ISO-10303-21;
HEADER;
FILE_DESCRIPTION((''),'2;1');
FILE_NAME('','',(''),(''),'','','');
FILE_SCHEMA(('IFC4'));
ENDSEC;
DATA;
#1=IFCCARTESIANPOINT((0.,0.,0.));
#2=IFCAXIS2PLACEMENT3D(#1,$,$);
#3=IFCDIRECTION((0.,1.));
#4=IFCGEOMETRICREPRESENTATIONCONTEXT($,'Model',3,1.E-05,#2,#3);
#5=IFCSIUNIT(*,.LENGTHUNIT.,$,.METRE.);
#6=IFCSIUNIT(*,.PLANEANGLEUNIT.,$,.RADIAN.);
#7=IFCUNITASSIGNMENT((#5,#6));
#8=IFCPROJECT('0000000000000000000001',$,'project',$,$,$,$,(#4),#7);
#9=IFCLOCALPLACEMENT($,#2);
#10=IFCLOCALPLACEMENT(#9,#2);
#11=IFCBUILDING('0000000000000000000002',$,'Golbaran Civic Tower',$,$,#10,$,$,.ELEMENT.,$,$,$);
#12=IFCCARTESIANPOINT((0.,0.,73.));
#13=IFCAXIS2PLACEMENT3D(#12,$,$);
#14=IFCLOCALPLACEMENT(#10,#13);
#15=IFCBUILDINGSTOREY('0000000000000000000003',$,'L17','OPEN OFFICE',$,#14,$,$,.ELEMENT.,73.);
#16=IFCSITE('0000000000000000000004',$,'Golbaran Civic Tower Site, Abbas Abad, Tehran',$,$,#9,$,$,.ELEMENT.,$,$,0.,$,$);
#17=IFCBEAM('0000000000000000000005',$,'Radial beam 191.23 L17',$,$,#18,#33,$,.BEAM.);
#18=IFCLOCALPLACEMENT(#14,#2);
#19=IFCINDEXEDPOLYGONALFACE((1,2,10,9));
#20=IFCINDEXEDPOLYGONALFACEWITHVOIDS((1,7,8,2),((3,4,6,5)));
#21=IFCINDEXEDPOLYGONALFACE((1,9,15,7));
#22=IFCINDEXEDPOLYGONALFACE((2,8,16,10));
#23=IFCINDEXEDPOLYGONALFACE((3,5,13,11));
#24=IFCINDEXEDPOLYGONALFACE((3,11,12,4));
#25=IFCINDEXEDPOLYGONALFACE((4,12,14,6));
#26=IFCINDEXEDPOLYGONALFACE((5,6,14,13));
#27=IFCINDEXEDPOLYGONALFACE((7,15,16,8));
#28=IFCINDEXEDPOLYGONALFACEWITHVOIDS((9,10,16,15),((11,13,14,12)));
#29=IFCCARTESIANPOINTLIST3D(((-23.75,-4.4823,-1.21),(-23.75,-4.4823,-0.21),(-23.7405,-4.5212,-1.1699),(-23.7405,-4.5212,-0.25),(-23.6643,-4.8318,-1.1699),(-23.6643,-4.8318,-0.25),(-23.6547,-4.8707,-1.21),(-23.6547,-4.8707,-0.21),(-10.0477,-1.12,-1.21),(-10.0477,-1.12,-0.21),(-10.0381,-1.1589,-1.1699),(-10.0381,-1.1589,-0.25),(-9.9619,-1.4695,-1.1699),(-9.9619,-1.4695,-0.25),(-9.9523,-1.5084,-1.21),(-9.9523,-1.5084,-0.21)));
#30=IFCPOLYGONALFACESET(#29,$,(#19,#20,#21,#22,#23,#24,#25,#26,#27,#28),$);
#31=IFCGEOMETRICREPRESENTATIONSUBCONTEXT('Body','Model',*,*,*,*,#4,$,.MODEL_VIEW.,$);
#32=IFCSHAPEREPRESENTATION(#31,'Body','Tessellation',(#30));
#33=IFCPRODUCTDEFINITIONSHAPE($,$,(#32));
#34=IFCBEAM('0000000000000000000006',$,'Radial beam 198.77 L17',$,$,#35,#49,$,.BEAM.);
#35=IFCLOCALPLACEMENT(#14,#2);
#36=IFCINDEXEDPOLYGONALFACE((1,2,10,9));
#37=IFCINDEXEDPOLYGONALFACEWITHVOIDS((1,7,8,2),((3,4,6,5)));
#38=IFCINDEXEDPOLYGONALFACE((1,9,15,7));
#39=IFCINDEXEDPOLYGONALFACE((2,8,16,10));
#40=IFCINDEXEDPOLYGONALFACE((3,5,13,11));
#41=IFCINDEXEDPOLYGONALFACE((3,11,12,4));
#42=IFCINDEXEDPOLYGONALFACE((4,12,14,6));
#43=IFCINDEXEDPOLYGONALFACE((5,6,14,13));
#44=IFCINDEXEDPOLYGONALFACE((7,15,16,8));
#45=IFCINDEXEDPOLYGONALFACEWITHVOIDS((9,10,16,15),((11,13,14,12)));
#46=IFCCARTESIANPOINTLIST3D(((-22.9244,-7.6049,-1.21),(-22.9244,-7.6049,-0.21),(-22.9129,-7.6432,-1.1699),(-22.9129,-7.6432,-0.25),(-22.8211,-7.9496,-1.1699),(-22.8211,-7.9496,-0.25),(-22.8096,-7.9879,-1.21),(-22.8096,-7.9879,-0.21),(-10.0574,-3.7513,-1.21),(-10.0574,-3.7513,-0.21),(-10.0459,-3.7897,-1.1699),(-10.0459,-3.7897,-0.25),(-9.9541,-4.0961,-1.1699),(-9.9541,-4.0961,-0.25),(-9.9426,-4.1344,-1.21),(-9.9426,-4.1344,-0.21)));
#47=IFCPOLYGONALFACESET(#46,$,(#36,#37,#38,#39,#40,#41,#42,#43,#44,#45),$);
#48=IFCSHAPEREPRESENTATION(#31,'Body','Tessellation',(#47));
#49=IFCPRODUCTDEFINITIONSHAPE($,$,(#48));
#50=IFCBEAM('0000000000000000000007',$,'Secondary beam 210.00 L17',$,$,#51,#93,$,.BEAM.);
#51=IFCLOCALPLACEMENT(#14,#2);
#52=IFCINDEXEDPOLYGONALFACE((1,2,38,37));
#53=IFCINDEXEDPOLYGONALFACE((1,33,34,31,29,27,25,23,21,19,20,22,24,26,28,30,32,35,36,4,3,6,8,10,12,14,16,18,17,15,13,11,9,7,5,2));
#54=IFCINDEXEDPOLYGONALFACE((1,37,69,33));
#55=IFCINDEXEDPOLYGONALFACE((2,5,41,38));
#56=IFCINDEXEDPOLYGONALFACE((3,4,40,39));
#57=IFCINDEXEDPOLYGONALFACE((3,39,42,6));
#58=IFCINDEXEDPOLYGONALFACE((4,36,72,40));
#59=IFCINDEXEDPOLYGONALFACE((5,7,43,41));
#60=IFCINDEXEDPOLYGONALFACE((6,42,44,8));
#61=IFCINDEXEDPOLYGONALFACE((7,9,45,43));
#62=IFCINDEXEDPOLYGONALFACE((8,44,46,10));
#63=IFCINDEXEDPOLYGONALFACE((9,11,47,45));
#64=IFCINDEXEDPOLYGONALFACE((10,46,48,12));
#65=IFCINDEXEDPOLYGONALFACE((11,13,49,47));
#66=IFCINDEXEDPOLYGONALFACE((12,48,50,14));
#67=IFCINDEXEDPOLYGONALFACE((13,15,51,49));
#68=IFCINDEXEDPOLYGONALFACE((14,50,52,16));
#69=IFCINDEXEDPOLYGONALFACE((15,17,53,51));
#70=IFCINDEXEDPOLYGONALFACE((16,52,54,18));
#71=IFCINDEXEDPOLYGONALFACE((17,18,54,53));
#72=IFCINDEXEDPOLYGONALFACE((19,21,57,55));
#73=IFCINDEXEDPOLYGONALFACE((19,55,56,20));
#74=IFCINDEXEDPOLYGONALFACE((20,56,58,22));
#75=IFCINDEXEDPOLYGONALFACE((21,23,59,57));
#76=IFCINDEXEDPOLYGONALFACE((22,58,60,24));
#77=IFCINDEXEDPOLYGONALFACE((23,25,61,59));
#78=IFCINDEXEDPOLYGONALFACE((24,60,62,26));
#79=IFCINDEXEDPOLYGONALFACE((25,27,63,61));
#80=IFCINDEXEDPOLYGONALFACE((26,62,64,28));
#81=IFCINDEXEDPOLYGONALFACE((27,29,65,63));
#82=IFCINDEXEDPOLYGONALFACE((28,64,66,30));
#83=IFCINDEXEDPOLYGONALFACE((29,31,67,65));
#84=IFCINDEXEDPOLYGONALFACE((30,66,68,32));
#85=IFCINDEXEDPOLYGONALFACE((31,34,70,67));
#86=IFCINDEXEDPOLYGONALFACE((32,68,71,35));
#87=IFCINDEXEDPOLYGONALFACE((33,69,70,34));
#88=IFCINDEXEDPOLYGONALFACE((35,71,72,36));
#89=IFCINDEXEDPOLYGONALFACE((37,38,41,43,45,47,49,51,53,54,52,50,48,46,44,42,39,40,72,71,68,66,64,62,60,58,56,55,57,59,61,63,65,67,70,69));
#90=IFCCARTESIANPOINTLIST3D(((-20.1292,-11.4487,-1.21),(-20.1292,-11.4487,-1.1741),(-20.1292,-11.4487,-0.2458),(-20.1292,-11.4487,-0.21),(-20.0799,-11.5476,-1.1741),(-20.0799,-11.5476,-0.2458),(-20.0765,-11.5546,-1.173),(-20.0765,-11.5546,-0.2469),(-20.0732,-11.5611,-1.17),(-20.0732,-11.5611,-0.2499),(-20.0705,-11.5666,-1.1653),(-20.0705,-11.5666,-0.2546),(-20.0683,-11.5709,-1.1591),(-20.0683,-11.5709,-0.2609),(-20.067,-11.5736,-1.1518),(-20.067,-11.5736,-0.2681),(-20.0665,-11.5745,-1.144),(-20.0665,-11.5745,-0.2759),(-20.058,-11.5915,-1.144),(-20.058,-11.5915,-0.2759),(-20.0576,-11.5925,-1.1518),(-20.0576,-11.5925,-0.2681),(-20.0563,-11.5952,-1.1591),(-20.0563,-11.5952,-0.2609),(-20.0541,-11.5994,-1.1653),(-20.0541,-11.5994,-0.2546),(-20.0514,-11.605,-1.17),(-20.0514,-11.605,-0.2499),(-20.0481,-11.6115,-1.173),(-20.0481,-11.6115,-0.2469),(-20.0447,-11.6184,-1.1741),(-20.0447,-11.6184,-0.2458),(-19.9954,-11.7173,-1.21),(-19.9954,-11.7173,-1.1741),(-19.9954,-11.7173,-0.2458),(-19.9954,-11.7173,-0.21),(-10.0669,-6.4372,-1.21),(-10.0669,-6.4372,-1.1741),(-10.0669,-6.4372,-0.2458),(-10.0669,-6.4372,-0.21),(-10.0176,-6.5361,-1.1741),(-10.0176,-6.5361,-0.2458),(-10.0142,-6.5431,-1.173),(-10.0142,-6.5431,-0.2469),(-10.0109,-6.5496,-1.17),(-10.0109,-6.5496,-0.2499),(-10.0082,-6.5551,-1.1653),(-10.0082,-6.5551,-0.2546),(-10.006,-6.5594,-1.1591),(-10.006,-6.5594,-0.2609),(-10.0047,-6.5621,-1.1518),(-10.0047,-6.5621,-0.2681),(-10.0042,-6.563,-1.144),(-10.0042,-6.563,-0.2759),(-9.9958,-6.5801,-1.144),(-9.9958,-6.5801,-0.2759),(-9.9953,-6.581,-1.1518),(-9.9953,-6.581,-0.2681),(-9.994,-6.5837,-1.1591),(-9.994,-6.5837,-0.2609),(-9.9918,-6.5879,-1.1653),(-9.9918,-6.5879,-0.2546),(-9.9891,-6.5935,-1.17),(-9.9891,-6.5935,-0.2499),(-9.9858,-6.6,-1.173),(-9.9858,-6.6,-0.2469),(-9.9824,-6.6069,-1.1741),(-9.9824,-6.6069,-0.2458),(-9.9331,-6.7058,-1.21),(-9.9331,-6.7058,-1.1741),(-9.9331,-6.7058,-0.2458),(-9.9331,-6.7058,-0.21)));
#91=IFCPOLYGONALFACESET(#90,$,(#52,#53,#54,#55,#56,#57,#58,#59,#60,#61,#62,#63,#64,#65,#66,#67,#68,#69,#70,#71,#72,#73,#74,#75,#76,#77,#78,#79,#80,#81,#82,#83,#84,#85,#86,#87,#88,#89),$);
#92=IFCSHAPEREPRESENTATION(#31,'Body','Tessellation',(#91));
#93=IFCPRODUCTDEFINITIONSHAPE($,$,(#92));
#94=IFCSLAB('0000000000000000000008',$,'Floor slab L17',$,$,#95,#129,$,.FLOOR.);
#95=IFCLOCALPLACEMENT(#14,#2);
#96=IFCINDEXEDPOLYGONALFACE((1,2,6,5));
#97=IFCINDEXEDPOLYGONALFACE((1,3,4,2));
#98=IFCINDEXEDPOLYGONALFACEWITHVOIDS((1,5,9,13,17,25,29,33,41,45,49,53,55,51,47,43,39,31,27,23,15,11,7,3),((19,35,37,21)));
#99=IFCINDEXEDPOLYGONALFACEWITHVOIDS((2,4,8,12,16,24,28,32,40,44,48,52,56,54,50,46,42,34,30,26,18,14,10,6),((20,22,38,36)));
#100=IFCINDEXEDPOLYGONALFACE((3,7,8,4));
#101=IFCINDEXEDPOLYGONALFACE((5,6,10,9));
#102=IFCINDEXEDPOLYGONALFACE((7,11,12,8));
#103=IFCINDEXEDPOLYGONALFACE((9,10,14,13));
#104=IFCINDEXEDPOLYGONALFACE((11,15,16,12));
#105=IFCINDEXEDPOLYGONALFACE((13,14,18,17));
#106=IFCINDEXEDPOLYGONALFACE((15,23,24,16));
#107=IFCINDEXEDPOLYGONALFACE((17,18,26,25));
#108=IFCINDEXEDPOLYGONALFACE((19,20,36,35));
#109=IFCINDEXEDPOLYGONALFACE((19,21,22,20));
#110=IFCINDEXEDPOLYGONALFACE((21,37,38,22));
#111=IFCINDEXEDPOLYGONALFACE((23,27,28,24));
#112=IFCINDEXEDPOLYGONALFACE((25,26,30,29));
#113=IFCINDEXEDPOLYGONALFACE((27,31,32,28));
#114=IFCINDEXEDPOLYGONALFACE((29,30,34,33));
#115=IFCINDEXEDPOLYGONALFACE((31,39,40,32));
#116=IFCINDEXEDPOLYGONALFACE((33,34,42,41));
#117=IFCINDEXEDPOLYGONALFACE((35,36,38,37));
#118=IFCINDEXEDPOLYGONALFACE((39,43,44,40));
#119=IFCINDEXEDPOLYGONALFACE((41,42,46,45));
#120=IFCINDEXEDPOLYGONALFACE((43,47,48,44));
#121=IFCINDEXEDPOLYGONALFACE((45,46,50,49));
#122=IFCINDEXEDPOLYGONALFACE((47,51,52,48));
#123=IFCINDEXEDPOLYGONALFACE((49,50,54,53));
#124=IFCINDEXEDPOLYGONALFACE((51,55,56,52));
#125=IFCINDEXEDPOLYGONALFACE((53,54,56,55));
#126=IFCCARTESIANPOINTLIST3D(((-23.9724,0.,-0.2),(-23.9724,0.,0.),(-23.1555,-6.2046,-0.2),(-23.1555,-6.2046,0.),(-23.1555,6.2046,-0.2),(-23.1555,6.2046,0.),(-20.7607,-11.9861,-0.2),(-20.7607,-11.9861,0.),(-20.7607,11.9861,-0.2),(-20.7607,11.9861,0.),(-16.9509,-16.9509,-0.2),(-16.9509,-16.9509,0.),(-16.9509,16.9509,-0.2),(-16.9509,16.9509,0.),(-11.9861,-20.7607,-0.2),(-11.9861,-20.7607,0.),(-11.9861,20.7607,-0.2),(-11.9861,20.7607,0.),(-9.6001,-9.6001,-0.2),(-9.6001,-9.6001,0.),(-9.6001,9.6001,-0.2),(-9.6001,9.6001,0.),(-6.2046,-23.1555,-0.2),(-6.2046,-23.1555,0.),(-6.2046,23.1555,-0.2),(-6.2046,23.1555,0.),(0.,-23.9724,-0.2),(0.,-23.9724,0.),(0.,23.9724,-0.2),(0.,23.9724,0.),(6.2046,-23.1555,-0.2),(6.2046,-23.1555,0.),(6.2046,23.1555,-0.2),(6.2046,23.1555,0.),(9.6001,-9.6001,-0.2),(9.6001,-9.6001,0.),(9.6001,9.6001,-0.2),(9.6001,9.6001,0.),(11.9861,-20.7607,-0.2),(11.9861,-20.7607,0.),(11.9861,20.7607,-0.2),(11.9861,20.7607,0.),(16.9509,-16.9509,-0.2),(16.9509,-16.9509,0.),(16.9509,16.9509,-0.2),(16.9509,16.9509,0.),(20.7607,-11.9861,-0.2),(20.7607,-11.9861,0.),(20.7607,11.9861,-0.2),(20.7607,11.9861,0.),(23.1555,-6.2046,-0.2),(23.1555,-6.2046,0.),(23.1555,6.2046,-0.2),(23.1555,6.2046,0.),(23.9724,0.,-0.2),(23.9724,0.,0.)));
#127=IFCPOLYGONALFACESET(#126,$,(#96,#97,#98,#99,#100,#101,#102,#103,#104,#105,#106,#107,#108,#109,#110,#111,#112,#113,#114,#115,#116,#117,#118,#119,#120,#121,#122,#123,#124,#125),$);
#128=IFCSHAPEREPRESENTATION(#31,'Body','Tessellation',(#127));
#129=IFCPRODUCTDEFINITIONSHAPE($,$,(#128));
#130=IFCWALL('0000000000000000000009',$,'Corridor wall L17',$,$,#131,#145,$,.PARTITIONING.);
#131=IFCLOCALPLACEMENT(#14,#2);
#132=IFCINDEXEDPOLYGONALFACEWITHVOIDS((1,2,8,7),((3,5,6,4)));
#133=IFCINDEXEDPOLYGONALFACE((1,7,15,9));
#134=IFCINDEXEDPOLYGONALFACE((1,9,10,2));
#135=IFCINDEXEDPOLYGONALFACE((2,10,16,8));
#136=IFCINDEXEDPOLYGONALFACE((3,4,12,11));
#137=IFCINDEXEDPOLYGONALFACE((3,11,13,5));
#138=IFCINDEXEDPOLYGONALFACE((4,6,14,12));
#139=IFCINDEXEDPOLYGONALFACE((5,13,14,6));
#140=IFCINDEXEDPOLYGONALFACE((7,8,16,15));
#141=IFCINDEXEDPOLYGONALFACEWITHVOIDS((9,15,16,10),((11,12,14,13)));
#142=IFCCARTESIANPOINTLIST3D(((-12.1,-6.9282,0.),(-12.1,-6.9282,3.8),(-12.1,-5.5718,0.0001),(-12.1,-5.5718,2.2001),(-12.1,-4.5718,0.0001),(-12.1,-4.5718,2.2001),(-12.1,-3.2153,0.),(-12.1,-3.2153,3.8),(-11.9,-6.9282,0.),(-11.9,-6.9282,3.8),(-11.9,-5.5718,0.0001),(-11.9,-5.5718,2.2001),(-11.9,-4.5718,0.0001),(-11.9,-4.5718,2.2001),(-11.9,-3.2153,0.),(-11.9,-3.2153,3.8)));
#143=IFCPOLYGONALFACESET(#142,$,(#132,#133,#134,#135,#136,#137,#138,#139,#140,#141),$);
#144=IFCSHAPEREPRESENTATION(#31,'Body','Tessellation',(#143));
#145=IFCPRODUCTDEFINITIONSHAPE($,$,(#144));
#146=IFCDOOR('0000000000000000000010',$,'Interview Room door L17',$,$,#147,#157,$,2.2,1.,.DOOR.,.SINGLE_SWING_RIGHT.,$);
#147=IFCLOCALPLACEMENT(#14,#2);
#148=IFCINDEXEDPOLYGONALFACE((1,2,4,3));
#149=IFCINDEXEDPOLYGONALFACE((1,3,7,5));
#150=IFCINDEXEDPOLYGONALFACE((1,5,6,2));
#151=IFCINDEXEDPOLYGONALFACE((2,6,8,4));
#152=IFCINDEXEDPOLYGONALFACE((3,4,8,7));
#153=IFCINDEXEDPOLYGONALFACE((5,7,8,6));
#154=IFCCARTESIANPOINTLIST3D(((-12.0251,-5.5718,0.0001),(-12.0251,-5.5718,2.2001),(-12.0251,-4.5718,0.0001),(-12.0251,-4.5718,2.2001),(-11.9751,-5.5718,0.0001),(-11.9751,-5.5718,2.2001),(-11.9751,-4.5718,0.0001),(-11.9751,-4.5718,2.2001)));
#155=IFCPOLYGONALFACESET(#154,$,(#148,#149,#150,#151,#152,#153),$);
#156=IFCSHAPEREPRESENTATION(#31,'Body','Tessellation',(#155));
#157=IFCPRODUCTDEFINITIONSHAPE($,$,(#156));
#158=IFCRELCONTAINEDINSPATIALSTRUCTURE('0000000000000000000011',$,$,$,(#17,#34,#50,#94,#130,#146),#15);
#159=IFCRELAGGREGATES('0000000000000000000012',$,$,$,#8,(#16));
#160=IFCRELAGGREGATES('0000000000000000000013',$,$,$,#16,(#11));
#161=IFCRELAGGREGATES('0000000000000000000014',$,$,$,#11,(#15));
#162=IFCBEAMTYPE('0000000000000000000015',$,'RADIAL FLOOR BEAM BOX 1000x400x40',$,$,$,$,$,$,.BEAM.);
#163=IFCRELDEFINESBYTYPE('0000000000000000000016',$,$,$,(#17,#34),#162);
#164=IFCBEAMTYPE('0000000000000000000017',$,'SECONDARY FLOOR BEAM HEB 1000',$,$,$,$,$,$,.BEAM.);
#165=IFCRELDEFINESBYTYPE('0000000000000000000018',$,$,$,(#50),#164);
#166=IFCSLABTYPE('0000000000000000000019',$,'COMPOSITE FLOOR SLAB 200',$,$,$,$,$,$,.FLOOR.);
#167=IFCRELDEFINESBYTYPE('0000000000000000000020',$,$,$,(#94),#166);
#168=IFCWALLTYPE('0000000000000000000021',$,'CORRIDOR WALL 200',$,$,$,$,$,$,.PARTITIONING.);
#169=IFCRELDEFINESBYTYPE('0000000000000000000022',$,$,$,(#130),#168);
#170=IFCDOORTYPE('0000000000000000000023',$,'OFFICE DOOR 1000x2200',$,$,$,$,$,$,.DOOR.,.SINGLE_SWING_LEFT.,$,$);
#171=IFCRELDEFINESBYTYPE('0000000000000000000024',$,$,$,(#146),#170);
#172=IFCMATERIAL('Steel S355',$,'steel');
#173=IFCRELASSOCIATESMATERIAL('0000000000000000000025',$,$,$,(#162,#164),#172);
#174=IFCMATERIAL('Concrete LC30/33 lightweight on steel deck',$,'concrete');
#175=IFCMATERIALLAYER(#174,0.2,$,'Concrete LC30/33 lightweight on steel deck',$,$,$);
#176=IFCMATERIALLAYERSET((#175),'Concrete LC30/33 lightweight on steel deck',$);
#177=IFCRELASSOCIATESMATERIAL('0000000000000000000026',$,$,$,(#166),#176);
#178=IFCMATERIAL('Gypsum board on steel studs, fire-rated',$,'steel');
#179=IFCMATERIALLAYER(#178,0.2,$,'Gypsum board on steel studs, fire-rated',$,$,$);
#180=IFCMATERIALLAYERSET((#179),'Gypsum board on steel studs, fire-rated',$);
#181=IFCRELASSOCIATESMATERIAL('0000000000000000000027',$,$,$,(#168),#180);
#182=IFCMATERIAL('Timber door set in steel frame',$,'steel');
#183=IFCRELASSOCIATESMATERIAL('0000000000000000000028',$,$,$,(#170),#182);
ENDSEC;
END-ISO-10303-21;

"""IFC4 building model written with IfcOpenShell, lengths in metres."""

from ifc_helpers import new_model, si_unit, direction, frame, frame_2d, origin, origin_2d, place, context, subcontext, project, spatial, polyline, rectangle, hollow_rectangle, i_section, outline, extrude, material, layer, layer_set, material_profile, profile_set, type_object, element, fill, save


model = new_model("IFC4")

# Units and contexts
model_context = context("Model", 3, precision=1e-05, world=origin(), true_north=direction((0.0, 1.0)))
body_context = subcontext(model_context, "Body", "Model", "MODEL_VIEW")
ifc_project = project(units=[si_unit("LENGTHUNIT", "METRE"), si_unit("PLANEANGLEUNIT", "RADIAN")], contexts=[model_context])

# Site, building, storey
site_placement = place(None, origin())
site = spatial("IfcSite", under=ifc_project, at=site_placement, Name="Golbaran Civic Tower Site, Abbas Abad, Tehran", CompositionType="ELEMENT", RefElevation=0.0)
building_placement = place(site_placement, origin())
building = spatial("IfcBuilding", under=site, at=building_placement, Name="Golbaran Civic Tower", CompositionType="ELEMENT")
storey_placement = place(building_placement, frame((0.0, 0.0, 73.0)))
storey = spatial("IfcBuildingStorey", under=building, at=storey_placement, Name="L17", Description="OPEN OFFICE", CompositionType="ELEMENT", Elevation=73.0)

# Beams
ifc_material_1 = material(Name="Steel S355", Category="steel")
ifc_material_profile_1 = material_profile(ifc_material_1, hollow_rectangle(XDim=0.3999, YDim=1.0, WallThickness=0.04, at=origin_2d()), Name="BOX 1000x400x40")
ifc_profile_set_1 = profile_set([ifc_material_profile_1], Name="Steel S355")
beam_type_1 = type_object("IfcBeamType", Name="RADIAL FLOOR BEAM BOX 1000x400x40", PredefinedType="BEAM", material=ifc_profile_set_1)
beam_1_placement = place(storey_placement, frame((-10.0, -1.3142, -0.71), z_axis=(-0.971189, -0.238311, 0.0), x_axis=(0.238311, -0.971189, 0.0)))
element("IfcBeam", 1, at=beam_1_placement, inside=storey, type_object=beam_type_1, Name="Radial beam 191.23 L17", PredefinedType="BEAM", context=body_context, shape_type="SweptSolid", body=[
    extrude(hollow_rectangle(XDim=0.3999, YDim=1.0, WallThickness=0.04, at=origin_2d()), origin(), (0.0, 0.0, 1.0), 14.1089),
])
beam_2_placement = place(storey_placement, frame((-10.0, -3.9429, -0.71), z_axis=(-0.957961, -0.286899, 0.0), x_axis=(0.286899, -0.957961, 0.0)))
element("IfcBeam", 2, at=beam_2_placement, inside=storey, type_object=beam_type_1, Name="Radial beam 198.77 L17", PredefinedType="BEAM", context=body_context, shape_type="SweptSolid", body=[
    extrude(hollow_rectangle(XDim=0.3999, YDim=1.0, WallThickness=0.04, at=origin_2d()), origin(), (0.0, 0.0, 1.0), 13.4316),
])
ifc_material_profile_2 = material_profile(ifc_material_1, i_section(OverallWidth=0.3, OverallDepth=1.0, WebThickness=0.019, FlangeThickness=0.0359, FilletRadius=0.03, at=origin_2d()), Name="HEB 1000")
ifc_profile_set_2 = profile_set([ifc_material_profile_2], Name="Steel S355")
beam_type_2 = type_object("IfcBeamType", Name="SECONDARY FLOOR BEAM HEB 1000", PredefinedType="BEAM", material=ifc_profile_set_2)
beam_3_placement = place(storey_placement, frame((-10.0, -6.5715, -0.71), z_axis=(-0.895125, -0.445814, 0.0), x_axis=(0.445814, -0.895125, 0.0)))
element("IfcBeam", 3, at=beam_3_placement, inside=storey, type_object=beam_type_2, Name="Secondary beam 210.00 L17", PredefinedType="BEAM", context=body_context, shape_type="SweptSolid", body=[
    extrude(i_section(OverallWidth=0.3, OverallDepth=1.0, WebThickness=0.019, FlangeThickness=0.0359, FilletRadius=0.03, at=origin_2d()), origin(), (0.0, 0.0, 1.0), 11.2412),
])

# Slab
ifc_material_2 = material(Name="Concrete LC30/33 lightweight on steel deck", Category="concrete")
ifc_layer_1 = layer(ifc_material_2, 0.2, Name="Concrete LC30/33 lightweight on steel deck")
ifc_layer_set_1 = layer_set([ifc_layer_1], Name="Concrete LC30/33 lightweight on steel deck")
slab_type = type_object("IfcSlabType", Name="COMPOSITE FLOOR SLAB 200", PredefinedType="FLOOR", material=ifc_layer_set_1)
slab_placement = place(storey_placement, frame((0.0, 0.0, -0.2)))
element("IfcSlab", 4, at=slab_placement, inside=storey, type_object=slab_type, Name="Floor slab L17", PredefinedType="FLOOR", context=body_context, shape_type="SweptSolid", body=[
    extrude(outline(polyline([(20.7607, -11.9861), (16.9509, -16.9509), (11.9861, -20.7607), (6.2046, -23.1555), (0.0, -23.9724), (-6.2046, -23.1555), (-11.9861, -20.7607), (-16.9509, -16.9509), (-20.7607, -11.9861), (-23.1555, -6.2046), (-23.9724, 0.0), (-23.1555, 6.2046), (-20.7607, 11.9861), (-16.9509, 16.9509), (-11.9861, 20.7607), (-6.2046, 23.1555), (0.0, 23.9724), (6.2046, 23.1555), (11.9861, 20.7607), (16.9509, 16.9509), (20.7607, 11.9861), (23.1555, 6.2046), (23.9724, 0.0), (23.1555, -6.2046), (20.7607, -11.9861)]), holes=[polyline([(-9.6001, 9.6001), (-9.6001, -9.6001), (9.6001, -9.6001), (9.6001, 9.6001), (-9.6001, 9.6001)])]), origin(), (0.0, 0.0, 1.0), 0.2),
])

# Wall, opening, door
ifc_material_3 = material(Name="Gypsum board on steel studs, fire-rated", Category="steel")
ifc_layer_2 = layer(ifc_material_3, 0.2, Name="Gypsum board on steel studs, fire-rated")
ifc_layer_set_2 = layer_set([ifc_layer_2], Name="Gypsum board on steel studs, fire-rated")
wall_type_1 = type_object("IfcWallType", Name="CORRIDOR WALL 200", PredefinedType="PARTITIONING", material=ifc_layer_set_2)
wall_1_placement = place(storey_placement, frame((-12.0, -3.2153, 0.0), z_axis=(0.0, 0.0, 1.0), x_axis=(0.0, -1.0, 0.0)))
wall_1 = element("IfcWall", 5, at=wall_1_placement, inside=storey, type_object=wall_type_1, Name="Corridor wall L17", PredefinedType="PARTITIONING", context=body_context, shape_type="SweptSolid", body=[
    extrude(rectangle(XDim=3.7129, YDim=0.2, at=frame_2d((1.8564, 0.0))), origin(), (0.0, 0.0, 1.0), 3.8),
])
opening_1_placement = place(wall_1_placement, frame((1.3564, 0.0, 0.0)))
opening_1 = element("IfcOpeningElement", 6, at=opening_1_placement, cuts=wall_1, PredefinedType="OPENING", context=body_context, shape_type="SweptSolid", body=[
    extrude(rectangle(XDim=1.0, YDim=2.2, at=frame_2d((0.5, 1.1001))), frame((0.0, 0.1099, 0.0), z_axis=(0.0, -1.0, 0.0), x_axis=(1.0, 0.0, 0.0)), (0.0, 0.0, 1.0), 0.22),
])
ifc_material_4 = material(Name="Timber door set in steel frame", Category="steel")
door_type_1 = type_object("IfcDoorType", Name="OFFICE DOOR 1000x2200", OperationType="SINGLE_SWING_LEFT", PredefinedType="DOOR", material=ifc_material_4)
door_1_placement = place(opening_1_placement, origin())
door_1 = element("IfcDoor", 7, at=door_1_placement, inside=storey, type_object=door_type_1, Name="Interview Room door L17", OperationType="SINGLE_SWING_RIGHT", OverallHeight=2.2, OverallWidth=1.0, PredefinedType="DOOR", context=body_context, shape_type="SweptSolid", body=[
    extrude(rectangle(XDim=1.0, YDim=2.2, at=frame_2d((0.5, 1.1001))), frame((0.0, 0.0249, 0.0), z_axis=(0.0, -1.0, 0.0), x_axis=(1.0, 0.0, 0.0)), (0.0, 0.0, 1.0), 0.05),
])
fill(opening_1, door_1)

save(model, "model.ifc")
